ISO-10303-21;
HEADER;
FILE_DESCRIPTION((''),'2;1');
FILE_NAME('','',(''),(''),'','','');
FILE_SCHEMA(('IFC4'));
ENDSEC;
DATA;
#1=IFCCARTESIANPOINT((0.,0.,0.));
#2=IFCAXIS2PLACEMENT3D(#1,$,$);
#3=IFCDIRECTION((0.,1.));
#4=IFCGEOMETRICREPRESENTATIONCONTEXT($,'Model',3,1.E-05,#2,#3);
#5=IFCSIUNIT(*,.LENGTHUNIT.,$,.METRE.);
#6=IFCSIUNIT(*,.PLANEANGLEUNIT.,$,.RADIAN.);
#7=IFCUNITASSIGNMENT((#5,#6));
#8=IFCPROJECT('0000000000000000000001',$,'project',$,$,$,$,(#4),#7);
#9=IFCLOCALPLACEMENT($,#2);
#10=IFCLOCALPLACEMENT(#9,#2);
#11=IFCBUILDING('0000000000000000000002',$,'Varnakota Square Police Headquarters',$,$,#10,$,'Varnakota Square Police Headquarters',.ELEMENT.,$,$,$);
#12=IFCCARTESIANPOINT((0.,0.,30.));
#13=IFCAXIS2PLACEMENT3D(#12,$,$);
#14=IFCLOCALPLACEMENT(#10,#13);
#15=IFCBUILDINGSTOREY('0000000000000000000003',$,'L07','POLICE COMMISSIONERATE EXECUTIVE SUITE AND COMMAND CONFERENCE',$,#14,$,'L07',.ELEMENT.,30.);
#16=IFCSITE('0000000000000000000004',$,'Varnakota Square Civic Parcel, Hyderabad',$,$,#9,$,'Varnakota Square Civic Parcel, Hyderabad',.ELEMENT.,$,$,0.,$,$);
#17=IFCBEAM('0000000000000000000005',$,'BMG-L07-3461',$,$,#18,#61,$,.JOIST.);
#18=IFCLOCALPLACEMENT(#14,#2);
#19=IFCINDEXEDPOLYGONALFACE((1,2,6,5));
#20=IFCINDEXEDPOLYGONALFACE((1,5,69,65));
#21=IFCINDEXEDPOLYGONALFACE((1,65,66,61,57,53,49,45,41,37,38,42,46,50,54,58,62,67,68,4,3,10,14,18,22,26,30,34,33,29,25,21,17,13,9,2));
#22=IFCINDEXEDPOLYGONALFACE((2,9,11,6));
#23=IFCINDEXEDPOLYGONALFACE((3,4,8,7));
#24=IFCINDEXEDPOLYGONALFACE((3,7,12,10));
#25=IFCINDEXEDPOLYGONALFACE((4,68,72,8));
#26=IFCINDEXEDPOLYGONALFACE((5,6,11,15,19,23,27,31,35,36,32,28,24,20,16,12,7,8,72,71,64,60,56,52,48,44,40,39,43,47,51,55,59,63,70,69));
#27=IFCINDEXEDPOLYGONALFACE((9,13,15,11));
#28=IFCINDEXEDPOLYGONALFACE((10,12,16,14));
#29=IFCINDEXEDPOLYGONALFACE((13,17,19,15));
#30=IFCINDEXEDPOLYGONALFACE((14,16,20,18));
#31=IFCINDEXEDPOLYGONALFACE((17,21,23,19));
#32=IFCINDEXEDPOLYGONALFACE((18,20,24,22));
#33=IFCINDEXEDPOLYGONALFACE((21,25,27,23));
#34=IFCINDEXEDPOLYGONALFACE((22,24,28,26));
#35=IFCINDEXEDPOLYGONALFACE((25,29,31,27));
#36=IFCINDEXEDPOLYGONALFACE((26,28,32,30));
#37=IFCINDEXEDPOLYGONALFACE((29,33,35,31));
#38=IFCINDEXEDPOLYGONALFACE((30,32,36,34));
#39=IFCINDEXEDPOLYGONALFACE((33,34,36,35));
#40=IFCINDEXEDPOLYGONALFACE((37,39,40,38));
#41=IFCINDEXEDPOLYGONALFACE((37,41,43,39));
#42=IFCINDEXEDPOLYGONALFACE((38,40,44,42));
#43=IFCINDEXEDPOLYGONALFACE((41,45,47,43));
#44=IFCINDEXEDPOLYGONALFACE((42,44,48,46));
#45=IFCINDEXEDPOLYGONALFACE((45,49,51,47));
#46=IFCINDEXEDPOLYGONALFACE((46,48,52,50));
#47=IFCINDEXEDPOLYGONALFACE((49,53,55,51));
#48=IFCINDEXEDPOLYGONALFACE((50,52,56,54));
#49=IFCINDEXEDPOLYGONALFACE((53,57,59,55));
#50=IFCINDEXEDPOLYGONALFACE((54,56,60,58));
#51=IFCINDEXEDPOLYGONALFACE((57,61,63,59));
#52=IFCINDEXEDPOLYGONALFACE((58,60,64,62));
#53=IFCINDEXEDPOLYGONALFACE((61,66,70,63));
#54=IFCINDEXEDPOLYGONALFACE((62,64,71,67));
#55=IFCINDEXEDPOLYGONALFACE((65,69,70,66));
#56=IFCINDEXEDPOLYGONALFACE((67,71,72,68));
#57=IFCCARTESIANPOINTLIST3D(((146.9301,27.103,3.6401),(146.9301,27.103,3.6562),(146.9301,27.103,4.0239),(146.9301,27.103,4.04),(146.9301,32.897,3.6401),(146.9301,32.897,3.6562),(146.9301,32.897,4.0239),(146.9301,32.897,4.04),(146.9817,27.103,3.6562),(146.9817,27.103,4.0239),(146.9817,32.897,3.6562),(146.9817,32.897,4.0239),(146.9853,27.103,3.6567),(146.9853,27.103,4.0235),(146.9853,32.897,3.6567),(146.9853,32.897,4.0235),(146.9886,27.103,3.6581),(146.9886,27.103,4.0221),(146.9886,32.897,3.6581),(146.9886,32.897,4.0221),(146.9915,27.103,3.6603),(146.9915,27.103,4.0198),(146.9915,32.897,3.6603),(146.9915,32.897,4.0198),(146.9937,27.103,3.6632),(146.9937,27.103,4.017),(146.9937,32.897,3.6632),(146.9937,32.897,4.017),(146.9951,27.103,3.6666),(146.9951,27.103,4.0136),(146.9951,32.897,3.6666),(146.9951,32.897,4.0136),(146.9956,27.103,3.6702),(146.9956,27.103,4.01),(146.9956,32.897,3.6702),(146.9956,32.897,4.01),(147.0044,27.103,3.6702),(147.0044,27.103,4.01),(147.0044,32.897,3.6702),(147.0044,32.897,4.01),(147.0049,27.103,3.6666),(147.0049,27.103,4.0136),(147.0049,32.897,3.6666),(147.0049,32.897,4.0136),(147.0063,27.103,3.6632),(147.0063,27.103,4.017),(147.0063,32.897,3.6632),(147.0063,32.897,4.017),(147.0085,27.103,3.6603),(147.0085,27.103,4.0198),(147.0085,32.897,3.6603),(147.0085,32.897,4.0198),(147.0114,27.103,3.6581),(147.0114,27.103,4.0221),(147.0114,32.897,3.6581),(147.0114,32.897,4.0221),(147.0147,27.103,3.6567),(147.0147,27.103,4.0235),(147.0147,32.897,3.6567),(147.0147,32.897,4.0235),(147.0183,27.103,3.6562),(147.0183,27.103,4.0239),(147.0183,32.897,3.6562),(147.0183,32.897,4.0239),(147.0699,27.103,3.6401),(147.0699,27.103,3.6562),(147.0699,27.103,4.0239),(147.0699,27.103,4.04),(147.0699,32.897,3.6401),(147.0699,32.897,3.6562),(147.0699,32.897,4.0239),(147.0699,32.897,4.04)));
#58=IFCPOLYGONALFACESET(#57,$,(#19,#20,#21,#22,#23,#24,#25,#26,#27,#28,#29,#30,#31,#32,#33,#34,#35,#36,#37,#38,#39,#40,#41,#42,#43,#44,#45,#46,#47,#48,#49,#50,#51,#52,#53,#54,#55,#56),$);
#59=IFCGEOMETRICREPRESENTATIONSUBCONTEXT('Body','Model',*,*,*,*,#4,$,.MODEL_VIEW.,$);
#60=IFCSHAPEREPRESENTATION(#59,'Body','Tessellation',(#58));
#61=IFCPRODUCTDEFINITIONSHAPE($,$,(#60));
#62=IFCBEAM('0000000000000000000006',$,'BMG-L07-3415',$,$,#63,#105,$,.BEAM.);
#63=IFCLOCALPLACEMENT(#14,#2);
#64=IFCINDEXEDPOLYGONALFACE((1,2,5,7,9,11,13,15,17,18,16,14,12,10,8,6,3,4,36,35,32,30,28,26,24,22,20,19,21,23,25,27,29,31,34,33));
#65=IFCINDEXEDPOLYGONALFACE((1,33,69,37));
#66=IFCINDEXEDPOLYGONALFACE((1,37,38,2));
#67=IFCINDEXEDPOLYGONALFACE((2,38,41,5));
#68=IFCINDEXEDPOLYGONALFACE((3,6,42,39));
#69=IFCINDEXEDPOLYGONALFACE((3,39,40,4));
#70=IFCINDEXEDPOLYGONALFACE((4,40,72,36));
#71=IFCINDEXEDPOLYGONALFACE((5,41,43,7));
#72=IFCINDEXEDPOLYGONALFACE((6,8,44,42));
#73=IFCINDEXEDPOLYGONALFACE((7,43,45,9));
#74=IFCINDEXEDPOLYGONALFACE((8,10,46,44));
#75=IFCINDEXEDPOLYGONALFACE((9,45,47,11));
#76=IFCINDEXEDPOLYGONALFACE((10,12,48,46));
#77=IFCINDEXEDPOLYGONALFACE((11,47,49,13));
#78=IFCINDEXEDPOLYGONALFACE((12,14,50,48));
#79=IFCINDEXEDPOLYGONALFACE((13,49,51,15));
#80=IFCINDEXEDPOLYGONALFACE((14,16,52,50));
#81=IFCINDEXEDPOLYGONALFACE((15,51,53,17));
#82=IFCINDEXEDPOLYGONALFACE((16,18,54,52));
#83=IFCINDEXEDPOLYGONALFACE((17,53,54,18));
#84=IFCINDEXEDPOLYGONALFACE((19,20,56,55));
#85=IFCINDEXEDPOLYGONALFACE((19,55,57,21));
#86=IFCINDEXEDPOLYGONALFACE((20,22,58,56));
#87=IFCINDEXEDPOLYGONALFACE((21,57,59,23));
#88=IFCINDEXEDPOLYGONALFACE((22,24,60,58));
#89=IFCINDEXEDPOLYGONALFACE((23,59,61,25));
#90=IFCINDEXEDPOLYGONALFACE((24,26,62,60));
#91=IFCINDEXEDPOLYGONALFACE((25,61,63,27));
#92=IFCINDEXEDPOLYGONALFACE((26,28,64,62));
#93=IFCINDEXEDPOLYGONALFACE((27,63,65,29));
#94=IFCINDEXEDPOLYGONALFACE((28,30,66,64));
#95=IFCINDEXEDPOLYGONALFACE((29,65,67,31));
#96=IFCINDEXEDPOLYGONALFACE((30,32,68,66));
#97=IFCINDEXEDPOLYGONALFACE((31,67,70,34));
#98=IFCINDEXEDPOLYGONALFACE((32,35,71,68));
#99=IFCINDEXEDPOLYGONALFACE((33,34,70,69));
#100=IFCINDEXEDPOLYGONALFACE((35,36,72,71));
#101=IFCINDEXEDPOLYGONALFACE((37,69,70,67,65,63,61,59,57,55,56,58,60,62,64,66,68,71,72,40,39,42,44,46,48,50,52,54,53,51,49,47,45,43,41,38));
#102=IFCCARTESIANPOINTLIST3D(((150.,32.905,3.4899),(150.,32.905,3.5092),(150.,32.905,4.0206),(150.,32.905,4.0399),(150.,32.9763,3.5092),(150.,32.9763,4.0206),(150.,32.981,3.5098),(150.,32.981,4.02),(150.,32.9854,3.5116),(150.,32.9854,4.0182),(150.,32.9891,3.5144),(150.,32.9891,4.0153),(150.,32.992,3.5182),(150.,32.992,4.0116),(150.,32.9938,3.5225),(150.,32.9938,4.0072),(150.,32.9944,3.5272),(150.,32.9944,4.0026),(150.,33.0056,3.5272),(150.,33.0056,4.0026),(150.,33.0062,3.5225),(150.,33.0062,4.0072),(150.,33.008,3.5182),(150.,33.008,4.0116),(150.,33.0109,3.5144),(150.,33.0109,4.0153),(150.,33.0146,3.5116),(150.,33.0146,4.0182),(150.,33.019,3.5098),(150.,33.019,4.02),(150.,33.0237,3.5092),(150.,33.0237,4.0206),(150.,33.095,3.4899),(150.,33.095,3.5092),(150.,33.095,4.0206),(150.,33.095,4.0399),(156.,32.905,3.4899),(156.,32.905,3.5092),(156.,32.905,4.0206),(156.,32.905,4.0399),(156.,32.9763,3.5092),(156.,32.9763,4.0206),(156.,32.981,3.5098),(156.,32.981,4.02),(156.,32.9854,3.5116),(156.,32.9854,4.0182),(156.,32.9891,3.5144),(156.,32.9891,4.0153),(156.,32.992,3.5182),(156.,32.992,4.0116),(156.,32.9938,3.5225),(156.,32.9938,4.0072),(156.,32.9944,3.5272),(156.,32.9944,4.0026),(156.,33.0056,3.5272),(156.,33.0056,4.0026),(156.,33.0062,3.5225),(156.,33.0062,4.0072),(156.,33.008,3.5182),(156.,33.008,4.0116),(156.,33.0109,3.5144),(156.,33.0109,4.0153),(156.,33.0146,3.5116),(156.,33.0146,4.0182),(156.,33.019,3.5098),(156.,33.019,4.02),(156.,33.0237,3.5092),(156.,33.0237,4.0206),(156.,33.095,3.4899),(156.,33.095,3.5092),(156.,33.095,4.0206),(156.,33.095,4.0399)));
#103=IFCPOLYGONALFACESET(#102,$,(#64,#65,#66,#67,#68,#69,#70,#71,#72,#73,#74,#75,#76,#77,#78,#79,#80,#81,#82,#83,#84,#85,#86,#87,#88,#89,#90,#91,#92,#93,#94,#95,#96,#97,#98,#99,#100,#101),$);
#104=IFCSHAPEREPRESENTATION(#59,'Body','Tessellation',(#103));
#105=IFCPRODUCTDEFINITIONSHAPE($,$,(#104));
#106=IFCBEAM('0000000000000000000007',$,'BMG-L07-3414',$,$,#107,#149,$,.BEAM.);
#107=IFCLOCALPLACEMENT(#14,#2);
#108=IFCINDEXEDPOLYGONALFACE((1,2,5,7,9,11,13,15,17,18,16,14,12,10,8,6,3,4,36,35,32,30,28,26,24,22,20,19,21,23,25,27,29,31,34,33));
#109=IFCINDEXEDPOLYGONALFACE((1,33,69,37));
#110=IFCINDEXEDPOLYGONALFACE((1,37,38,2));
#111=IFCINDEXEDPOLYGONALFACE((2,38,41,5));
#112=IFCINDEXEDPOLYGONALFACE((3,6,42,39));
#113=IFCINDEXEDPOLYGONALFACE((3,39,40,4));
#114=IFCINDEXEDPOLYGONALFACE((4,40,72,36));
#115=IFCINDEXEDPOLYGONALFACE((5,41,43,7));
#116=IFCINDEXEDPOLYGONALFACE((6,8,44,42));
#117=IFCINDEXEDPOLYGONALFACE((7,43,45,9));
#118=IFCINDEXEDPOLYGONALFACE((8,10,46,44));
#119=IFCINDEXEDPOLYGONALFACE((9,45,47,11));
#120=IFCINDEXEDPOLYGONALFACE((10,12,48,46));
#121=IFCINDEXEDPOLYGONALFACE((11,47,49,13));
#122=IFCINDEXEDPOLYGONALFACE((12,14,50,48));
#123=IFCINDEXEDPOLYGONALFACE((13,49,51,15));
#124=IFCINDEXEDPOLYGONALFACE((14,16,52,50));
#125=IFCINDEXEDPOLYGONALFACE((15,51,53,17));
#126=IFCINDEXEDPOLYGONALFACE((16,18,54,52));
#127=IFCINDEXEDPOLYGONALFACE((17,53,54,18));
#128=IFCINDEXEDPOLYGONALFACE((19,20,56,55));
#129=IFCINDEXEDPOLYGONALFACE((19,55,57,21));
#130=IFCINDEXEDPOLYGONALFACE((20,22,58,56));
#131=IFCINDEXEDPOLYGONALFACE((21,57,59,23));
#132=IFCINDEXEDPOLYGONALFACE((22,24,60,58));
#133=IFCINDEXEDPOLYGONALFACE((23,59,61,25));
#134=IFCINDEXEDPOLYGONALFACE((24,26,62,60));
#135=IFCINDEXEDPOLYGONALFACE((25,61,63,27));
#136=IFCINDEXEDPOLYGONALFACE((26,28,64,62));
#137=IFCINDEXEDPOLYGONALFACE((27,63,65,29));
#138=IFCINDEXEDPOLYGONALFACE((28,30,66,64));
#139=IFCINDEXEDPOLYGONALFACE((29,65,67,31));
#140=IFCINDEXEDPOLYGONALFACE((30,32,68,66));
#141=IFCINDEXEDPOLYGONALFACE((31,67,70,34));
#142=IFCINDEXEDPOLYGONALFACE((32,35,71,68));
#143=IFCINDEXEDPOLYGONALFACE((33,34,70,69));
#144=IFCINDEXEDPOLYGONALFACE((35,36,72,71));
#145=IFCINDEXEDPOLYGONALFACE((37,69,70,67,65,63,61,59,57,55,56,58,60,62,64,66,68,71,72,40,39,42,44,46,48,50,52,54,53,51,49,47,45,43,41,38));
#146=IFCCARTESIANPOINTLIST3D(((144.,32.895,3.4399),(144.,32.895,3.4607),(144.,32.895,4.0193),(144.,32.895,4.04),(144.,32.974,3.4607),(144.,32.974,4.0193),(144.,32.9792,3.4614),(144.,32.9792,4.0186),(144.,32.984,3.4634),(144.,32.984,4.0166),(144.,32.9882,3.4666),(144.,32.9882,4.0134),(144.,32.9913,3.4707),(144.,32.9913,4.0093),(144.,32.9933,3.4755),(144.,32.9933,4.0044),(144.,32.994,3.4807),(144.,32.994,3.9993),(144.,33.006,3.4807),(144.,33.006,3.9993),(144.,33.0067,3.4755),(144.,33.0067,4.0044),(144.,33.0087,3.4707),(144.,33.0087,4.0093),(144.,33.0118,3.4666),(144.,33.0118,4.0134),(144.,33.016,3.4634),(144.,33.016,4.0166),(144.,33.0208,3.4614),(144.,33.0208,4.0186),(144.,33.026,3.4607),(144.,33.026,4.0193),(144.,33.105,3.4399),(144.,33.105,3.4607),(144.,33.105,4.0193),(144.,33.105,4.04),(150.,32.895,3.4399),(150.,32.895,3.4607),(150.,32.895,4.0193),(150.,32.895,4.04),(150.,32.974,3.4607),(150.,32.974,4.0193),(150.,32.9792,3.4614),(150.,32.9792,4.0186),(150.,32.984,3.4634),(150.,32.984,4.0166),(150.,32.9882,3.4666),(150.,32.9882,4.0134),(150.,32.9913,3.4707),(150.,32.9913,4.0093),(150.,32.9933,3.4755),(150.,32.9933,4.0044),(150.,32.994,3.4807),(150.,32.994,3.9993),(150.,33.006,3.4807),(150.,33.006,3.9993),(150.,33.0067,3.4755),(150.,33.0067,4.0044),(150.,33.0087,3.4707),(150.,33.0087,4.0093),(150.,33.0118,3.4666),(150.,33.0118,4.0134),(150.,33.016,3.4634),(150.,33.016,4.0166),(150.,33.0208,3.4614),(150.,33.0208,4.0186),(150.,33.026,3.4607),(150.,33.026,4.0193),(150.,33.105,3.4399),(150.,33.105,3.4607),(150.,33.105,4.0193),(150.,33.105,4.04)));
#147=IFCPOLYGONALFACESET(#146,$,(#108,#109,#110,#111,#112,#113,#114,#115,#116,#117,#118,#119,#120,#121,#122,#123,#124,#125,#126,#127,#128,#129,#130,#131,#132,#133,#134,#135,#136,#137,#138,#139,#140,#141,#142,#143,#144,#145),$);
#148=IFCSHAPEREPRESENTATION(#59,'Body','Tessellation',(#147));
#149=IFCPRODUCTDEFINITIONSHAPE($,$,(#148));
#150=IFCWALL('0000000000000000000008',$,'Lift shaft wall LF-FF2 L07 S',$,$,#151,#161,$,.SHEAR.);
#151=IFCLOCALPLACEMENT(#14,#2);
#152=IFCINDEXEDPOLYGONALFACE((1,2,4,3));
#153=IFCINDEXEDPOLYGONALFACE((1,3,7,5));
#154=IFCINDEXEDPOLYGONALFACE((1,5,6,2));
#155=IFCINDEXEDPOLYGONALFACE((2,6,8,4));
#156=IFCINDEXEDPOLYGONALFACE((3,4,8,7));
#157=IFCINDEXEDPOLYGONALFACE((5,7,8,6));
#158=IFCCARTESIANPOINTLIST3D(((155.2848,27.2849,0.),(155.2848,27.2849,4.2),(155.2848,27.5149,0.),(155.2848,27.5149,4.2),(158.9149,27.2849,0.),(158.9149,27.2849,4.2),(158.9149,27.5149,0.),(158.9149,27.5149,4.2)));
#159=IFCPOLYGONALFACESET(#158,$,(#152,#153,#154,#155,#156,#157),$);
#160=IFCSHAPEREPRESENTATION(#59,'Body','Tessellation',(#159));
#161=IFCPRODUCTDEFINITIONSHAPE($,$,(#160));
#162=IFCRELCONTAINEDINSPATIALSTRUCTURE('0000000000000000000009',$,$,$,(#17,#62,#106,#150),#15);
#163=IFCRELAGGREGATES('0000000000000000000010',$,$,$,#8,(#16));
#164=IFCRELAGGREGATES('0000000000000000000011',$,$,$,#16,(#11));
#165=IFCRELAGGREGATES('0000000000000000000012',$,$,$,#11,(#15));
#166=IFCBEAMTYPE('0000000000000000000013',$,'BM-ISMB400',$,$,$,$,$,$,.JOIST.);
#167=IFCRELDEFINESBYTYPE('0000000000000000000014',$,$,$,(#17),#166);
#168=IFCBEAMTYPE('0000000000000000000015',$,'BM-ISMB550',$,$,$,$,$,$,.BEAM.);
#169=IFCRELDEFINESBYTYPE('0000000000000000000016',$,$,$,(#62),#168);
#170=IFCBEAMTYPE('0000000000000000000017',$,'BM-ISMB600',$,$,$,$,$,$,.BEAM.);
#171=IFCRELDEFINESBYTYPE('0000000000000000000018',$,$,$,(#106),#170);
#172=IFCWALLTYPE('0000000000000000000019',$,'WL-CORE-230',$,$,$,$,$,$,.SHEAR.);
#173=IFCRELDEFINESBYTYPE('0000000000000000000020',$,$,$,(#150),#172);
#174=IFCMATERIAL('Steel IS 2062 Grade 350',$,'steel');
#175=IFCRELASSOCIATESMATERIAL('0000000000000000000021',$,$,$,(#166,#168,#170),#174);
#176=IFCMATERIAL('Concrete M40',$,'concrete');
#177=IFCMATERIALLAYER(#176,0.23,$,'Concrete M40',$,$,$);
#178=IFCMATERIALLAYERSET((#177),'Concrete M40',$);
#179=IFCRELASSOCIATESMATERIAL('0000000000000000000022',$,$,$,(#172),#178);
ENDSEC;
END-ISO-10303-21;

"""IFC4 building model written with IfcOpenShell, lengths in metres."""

from ifc_helpers import new_model, si_unit, direction, frame, frame_2d, origin, origin_2d, place, context, subcontext, project, spatial, rectangle, i_section, extrude, material, layer, layer_set, material_profile, profile_set, type_object, element, save


model = new_model("IFC4")

# Units and contexts
model_context = context("Model", 3, precision=1e-05, world=origin(), true_north=direction((0.0, 1.0)))
body_context = subcontext(model_context, "Body", "Model", "MODEL_VIEW")
ifc_project = project(units=[si_unit("LENGTHUNIT", "METRE"), si_unit("PLANEANGLEUNIT", "RADIAN")], contexts=[model_context])

# Site, building, storey
site_placement = place(None, origin())
site = spatial("IfcSite", under=ifc_project, at=site_placement, Name="Varnakota Square Civic Parcel, Hyderabad", LongName="Varnakota Square Civic Parcel, Hyderabad", CompositionType="ELEMENT", RefElevation=0.0)
building_placement = place(site_placement, origin())
building = spatial("IfcBuilding", under=site, at=building_placement, Name="Varnakota Square Police Headquarters", LongName="Varnakota Square Police Headquarters", CompositionType="ELEMENT")
storey_placement = place(building_placement, frame((0.0, 0.0, 30.0)))
storey = spatial("IfcBuildingStorey", under=building, at=storey_placement, Name="L07", Description="POLICE COMMISSIONERATE EXECUTIVE SUITE AND COMMAND CONFERENCE", LongName="L07", CompositionType="ELEMENT", Elevation=30.0)

# Shared definitions
ifc_material_1 = material(Name="Steel IS 2062 Grade 350", Category="steel")

# Beams
ifc_material_profile_1 = material_profile(ifc_material_1, i_section(OverallWidth=0.1399, OverallDepth=0.3999, WebThickness=0.0088, FlangeThickness=0.0161, FilletRadius=0.0139, at=origin_2d()), Name="ISMB 400")
ifc_profile_set_1 = profile_set([ifc_material_profile_1], Name="Steel IS 2062 Grade 350")
beam_type_1 = type_object("IfcBeamType", Name="BM-ISMB400", PredefinedType="JOIST", material=ifc_profile_set_1)
beam_1_placement = place(storey_placement, frame((147.0, 27.103, 3.8401), z_axis=(0.0, 1.0, 0.0), x_axis=(-1.0, 0.0, 0.0)))
element("IfcBeam", 1, at=beam_1_placement, inside=storey, type_object=beam_type_1, Name="BMG-L07-3461", PredefinedType="JOIST", context=body_context, shape_type="SweptSolid", body=[
    extrude(i_section(OverallWidth=0.1399, OverallDepth=0.3999, WebThickness=0.0088, FlangeThickness=0.0161, FilletRadius=0.0139, at=origin_2d()), origin(), (0.0, 0.0, 1.0), 5.7939),
])
ifc_material_profile_2 = material_profile(ifc_material_1, i_section(OverallWidth=0.1899, OverallDepth=0.55, WebThickness=0.0112, FlangeThickness=0.0193, FilletRadius=0.0181, at=origin_2d()), Name="ISMB 550")
ifc_profile_set_2 = profile_set([ifc_material_profile_2], Name="Steel IS 2062 Grade 350")
beam_type_2 = type_object("IfcBeamType", Name="BM-ISMB550", PredefinedType="BEAM", material=ifc_profile_set_2)
beam_2_placement = place(storey_placement, frame((150.0, 33.0, 3.7649), z_axis=(1.0, 0.0, 0.0), x_axis=(0.0, 1.0, 0.0)))
element("IfcBeam", 2, at=beam_2_placement, inside=storey, type_object=beam_type_2, Name="BMG-L07-3415", PredefinedType="BEAM", context=body_context, shape_type="SweptSolid", body=[
    extrude(i_section(OverallWidth=0.1899, OverallDepth=0.55, WebThickness=0.0112, FlangeThickness=0.0193, FilletRadius=0.0181, at=origin_2d()), origin(), (0.0, 0.0, 1.0), 6.0),
])
ifc_material_profile_3 = material_profile(ifc_material_1, i_section(OverallWidth=0.21, OverallDepth=0.6001, WebThickness=0.012, FlangeThickness=0.0208, FilletRadius=0.02, at=origin_2d()), Name="ISMB 600")
ifc_profile_set_3 = profile_set([ifc_material_profile_3], Name="Steel IS 2062 Grade 350")
beam_type_3 = type_object("IfcBeamType", Name="BM-ISMB600", PredefinedType="BEAM", material=ifc_profile_set_3)
beam_3_placement = place(storey_placement, frame((144.0, 33.0, 3.74), z_axis=(1.0, 0.0, 0.0), x_axis=(0.0, 1.0, 0.0)))
element("IfcBeam", 3, at=beam_3_placement, inside=storey, type_object=beam_type_3, Name="BMG-L07-3414", PredefinedType="BEAM", context=body_context, shape_type="SweptSolid", body=[
    extrude(i_section(OverallWidth=0.21, OverallDepth=0.6001, WebThickness=0.012, FlangeThickness=0.0208, FilletRadius=0.02, at=origin_2d()), origin(), (0.0, 0.0, 1.0), 6.0),
])

# Wall
ifc_material_2 = material(Name="Concrete M40", Category="concrete")
ifc_layer_1 = layer(ifc_material_2, 0.23, Name="Concrete M40")
ifc_layer_set_1 = layer_set([ifc_layer_1], Name="Concrete M40")
wall_type_1 = type_object("IfcWallType", Name="WL-CORE-230", PredefinedType="SHEAR", material=ifc_layer_set_1)
wall_1_placement = place(storey_placement, frame((155.2849, 27.3999, 0.0), z_axis=(0.0, 0.0, 1.0), x_axis=(1.0, 0.0, 0.0)))
element("IfcWall", 4, at=wall_1_placement, inside=storey, type_object=wall_type_1, Name="Lift shaft wall LF-FF2 L07 S", PredefinedType="SHEAR", context=body_context, shape_type="SweptSolid", body=[
    extrude(rectangle(XDim=3.6301, YDim=0.23, at=frame_2d((1.8149, 0.0))), origin(), (0.0, 0.0, 1.0), 4.2),
])

save(model, "model.ifc")
